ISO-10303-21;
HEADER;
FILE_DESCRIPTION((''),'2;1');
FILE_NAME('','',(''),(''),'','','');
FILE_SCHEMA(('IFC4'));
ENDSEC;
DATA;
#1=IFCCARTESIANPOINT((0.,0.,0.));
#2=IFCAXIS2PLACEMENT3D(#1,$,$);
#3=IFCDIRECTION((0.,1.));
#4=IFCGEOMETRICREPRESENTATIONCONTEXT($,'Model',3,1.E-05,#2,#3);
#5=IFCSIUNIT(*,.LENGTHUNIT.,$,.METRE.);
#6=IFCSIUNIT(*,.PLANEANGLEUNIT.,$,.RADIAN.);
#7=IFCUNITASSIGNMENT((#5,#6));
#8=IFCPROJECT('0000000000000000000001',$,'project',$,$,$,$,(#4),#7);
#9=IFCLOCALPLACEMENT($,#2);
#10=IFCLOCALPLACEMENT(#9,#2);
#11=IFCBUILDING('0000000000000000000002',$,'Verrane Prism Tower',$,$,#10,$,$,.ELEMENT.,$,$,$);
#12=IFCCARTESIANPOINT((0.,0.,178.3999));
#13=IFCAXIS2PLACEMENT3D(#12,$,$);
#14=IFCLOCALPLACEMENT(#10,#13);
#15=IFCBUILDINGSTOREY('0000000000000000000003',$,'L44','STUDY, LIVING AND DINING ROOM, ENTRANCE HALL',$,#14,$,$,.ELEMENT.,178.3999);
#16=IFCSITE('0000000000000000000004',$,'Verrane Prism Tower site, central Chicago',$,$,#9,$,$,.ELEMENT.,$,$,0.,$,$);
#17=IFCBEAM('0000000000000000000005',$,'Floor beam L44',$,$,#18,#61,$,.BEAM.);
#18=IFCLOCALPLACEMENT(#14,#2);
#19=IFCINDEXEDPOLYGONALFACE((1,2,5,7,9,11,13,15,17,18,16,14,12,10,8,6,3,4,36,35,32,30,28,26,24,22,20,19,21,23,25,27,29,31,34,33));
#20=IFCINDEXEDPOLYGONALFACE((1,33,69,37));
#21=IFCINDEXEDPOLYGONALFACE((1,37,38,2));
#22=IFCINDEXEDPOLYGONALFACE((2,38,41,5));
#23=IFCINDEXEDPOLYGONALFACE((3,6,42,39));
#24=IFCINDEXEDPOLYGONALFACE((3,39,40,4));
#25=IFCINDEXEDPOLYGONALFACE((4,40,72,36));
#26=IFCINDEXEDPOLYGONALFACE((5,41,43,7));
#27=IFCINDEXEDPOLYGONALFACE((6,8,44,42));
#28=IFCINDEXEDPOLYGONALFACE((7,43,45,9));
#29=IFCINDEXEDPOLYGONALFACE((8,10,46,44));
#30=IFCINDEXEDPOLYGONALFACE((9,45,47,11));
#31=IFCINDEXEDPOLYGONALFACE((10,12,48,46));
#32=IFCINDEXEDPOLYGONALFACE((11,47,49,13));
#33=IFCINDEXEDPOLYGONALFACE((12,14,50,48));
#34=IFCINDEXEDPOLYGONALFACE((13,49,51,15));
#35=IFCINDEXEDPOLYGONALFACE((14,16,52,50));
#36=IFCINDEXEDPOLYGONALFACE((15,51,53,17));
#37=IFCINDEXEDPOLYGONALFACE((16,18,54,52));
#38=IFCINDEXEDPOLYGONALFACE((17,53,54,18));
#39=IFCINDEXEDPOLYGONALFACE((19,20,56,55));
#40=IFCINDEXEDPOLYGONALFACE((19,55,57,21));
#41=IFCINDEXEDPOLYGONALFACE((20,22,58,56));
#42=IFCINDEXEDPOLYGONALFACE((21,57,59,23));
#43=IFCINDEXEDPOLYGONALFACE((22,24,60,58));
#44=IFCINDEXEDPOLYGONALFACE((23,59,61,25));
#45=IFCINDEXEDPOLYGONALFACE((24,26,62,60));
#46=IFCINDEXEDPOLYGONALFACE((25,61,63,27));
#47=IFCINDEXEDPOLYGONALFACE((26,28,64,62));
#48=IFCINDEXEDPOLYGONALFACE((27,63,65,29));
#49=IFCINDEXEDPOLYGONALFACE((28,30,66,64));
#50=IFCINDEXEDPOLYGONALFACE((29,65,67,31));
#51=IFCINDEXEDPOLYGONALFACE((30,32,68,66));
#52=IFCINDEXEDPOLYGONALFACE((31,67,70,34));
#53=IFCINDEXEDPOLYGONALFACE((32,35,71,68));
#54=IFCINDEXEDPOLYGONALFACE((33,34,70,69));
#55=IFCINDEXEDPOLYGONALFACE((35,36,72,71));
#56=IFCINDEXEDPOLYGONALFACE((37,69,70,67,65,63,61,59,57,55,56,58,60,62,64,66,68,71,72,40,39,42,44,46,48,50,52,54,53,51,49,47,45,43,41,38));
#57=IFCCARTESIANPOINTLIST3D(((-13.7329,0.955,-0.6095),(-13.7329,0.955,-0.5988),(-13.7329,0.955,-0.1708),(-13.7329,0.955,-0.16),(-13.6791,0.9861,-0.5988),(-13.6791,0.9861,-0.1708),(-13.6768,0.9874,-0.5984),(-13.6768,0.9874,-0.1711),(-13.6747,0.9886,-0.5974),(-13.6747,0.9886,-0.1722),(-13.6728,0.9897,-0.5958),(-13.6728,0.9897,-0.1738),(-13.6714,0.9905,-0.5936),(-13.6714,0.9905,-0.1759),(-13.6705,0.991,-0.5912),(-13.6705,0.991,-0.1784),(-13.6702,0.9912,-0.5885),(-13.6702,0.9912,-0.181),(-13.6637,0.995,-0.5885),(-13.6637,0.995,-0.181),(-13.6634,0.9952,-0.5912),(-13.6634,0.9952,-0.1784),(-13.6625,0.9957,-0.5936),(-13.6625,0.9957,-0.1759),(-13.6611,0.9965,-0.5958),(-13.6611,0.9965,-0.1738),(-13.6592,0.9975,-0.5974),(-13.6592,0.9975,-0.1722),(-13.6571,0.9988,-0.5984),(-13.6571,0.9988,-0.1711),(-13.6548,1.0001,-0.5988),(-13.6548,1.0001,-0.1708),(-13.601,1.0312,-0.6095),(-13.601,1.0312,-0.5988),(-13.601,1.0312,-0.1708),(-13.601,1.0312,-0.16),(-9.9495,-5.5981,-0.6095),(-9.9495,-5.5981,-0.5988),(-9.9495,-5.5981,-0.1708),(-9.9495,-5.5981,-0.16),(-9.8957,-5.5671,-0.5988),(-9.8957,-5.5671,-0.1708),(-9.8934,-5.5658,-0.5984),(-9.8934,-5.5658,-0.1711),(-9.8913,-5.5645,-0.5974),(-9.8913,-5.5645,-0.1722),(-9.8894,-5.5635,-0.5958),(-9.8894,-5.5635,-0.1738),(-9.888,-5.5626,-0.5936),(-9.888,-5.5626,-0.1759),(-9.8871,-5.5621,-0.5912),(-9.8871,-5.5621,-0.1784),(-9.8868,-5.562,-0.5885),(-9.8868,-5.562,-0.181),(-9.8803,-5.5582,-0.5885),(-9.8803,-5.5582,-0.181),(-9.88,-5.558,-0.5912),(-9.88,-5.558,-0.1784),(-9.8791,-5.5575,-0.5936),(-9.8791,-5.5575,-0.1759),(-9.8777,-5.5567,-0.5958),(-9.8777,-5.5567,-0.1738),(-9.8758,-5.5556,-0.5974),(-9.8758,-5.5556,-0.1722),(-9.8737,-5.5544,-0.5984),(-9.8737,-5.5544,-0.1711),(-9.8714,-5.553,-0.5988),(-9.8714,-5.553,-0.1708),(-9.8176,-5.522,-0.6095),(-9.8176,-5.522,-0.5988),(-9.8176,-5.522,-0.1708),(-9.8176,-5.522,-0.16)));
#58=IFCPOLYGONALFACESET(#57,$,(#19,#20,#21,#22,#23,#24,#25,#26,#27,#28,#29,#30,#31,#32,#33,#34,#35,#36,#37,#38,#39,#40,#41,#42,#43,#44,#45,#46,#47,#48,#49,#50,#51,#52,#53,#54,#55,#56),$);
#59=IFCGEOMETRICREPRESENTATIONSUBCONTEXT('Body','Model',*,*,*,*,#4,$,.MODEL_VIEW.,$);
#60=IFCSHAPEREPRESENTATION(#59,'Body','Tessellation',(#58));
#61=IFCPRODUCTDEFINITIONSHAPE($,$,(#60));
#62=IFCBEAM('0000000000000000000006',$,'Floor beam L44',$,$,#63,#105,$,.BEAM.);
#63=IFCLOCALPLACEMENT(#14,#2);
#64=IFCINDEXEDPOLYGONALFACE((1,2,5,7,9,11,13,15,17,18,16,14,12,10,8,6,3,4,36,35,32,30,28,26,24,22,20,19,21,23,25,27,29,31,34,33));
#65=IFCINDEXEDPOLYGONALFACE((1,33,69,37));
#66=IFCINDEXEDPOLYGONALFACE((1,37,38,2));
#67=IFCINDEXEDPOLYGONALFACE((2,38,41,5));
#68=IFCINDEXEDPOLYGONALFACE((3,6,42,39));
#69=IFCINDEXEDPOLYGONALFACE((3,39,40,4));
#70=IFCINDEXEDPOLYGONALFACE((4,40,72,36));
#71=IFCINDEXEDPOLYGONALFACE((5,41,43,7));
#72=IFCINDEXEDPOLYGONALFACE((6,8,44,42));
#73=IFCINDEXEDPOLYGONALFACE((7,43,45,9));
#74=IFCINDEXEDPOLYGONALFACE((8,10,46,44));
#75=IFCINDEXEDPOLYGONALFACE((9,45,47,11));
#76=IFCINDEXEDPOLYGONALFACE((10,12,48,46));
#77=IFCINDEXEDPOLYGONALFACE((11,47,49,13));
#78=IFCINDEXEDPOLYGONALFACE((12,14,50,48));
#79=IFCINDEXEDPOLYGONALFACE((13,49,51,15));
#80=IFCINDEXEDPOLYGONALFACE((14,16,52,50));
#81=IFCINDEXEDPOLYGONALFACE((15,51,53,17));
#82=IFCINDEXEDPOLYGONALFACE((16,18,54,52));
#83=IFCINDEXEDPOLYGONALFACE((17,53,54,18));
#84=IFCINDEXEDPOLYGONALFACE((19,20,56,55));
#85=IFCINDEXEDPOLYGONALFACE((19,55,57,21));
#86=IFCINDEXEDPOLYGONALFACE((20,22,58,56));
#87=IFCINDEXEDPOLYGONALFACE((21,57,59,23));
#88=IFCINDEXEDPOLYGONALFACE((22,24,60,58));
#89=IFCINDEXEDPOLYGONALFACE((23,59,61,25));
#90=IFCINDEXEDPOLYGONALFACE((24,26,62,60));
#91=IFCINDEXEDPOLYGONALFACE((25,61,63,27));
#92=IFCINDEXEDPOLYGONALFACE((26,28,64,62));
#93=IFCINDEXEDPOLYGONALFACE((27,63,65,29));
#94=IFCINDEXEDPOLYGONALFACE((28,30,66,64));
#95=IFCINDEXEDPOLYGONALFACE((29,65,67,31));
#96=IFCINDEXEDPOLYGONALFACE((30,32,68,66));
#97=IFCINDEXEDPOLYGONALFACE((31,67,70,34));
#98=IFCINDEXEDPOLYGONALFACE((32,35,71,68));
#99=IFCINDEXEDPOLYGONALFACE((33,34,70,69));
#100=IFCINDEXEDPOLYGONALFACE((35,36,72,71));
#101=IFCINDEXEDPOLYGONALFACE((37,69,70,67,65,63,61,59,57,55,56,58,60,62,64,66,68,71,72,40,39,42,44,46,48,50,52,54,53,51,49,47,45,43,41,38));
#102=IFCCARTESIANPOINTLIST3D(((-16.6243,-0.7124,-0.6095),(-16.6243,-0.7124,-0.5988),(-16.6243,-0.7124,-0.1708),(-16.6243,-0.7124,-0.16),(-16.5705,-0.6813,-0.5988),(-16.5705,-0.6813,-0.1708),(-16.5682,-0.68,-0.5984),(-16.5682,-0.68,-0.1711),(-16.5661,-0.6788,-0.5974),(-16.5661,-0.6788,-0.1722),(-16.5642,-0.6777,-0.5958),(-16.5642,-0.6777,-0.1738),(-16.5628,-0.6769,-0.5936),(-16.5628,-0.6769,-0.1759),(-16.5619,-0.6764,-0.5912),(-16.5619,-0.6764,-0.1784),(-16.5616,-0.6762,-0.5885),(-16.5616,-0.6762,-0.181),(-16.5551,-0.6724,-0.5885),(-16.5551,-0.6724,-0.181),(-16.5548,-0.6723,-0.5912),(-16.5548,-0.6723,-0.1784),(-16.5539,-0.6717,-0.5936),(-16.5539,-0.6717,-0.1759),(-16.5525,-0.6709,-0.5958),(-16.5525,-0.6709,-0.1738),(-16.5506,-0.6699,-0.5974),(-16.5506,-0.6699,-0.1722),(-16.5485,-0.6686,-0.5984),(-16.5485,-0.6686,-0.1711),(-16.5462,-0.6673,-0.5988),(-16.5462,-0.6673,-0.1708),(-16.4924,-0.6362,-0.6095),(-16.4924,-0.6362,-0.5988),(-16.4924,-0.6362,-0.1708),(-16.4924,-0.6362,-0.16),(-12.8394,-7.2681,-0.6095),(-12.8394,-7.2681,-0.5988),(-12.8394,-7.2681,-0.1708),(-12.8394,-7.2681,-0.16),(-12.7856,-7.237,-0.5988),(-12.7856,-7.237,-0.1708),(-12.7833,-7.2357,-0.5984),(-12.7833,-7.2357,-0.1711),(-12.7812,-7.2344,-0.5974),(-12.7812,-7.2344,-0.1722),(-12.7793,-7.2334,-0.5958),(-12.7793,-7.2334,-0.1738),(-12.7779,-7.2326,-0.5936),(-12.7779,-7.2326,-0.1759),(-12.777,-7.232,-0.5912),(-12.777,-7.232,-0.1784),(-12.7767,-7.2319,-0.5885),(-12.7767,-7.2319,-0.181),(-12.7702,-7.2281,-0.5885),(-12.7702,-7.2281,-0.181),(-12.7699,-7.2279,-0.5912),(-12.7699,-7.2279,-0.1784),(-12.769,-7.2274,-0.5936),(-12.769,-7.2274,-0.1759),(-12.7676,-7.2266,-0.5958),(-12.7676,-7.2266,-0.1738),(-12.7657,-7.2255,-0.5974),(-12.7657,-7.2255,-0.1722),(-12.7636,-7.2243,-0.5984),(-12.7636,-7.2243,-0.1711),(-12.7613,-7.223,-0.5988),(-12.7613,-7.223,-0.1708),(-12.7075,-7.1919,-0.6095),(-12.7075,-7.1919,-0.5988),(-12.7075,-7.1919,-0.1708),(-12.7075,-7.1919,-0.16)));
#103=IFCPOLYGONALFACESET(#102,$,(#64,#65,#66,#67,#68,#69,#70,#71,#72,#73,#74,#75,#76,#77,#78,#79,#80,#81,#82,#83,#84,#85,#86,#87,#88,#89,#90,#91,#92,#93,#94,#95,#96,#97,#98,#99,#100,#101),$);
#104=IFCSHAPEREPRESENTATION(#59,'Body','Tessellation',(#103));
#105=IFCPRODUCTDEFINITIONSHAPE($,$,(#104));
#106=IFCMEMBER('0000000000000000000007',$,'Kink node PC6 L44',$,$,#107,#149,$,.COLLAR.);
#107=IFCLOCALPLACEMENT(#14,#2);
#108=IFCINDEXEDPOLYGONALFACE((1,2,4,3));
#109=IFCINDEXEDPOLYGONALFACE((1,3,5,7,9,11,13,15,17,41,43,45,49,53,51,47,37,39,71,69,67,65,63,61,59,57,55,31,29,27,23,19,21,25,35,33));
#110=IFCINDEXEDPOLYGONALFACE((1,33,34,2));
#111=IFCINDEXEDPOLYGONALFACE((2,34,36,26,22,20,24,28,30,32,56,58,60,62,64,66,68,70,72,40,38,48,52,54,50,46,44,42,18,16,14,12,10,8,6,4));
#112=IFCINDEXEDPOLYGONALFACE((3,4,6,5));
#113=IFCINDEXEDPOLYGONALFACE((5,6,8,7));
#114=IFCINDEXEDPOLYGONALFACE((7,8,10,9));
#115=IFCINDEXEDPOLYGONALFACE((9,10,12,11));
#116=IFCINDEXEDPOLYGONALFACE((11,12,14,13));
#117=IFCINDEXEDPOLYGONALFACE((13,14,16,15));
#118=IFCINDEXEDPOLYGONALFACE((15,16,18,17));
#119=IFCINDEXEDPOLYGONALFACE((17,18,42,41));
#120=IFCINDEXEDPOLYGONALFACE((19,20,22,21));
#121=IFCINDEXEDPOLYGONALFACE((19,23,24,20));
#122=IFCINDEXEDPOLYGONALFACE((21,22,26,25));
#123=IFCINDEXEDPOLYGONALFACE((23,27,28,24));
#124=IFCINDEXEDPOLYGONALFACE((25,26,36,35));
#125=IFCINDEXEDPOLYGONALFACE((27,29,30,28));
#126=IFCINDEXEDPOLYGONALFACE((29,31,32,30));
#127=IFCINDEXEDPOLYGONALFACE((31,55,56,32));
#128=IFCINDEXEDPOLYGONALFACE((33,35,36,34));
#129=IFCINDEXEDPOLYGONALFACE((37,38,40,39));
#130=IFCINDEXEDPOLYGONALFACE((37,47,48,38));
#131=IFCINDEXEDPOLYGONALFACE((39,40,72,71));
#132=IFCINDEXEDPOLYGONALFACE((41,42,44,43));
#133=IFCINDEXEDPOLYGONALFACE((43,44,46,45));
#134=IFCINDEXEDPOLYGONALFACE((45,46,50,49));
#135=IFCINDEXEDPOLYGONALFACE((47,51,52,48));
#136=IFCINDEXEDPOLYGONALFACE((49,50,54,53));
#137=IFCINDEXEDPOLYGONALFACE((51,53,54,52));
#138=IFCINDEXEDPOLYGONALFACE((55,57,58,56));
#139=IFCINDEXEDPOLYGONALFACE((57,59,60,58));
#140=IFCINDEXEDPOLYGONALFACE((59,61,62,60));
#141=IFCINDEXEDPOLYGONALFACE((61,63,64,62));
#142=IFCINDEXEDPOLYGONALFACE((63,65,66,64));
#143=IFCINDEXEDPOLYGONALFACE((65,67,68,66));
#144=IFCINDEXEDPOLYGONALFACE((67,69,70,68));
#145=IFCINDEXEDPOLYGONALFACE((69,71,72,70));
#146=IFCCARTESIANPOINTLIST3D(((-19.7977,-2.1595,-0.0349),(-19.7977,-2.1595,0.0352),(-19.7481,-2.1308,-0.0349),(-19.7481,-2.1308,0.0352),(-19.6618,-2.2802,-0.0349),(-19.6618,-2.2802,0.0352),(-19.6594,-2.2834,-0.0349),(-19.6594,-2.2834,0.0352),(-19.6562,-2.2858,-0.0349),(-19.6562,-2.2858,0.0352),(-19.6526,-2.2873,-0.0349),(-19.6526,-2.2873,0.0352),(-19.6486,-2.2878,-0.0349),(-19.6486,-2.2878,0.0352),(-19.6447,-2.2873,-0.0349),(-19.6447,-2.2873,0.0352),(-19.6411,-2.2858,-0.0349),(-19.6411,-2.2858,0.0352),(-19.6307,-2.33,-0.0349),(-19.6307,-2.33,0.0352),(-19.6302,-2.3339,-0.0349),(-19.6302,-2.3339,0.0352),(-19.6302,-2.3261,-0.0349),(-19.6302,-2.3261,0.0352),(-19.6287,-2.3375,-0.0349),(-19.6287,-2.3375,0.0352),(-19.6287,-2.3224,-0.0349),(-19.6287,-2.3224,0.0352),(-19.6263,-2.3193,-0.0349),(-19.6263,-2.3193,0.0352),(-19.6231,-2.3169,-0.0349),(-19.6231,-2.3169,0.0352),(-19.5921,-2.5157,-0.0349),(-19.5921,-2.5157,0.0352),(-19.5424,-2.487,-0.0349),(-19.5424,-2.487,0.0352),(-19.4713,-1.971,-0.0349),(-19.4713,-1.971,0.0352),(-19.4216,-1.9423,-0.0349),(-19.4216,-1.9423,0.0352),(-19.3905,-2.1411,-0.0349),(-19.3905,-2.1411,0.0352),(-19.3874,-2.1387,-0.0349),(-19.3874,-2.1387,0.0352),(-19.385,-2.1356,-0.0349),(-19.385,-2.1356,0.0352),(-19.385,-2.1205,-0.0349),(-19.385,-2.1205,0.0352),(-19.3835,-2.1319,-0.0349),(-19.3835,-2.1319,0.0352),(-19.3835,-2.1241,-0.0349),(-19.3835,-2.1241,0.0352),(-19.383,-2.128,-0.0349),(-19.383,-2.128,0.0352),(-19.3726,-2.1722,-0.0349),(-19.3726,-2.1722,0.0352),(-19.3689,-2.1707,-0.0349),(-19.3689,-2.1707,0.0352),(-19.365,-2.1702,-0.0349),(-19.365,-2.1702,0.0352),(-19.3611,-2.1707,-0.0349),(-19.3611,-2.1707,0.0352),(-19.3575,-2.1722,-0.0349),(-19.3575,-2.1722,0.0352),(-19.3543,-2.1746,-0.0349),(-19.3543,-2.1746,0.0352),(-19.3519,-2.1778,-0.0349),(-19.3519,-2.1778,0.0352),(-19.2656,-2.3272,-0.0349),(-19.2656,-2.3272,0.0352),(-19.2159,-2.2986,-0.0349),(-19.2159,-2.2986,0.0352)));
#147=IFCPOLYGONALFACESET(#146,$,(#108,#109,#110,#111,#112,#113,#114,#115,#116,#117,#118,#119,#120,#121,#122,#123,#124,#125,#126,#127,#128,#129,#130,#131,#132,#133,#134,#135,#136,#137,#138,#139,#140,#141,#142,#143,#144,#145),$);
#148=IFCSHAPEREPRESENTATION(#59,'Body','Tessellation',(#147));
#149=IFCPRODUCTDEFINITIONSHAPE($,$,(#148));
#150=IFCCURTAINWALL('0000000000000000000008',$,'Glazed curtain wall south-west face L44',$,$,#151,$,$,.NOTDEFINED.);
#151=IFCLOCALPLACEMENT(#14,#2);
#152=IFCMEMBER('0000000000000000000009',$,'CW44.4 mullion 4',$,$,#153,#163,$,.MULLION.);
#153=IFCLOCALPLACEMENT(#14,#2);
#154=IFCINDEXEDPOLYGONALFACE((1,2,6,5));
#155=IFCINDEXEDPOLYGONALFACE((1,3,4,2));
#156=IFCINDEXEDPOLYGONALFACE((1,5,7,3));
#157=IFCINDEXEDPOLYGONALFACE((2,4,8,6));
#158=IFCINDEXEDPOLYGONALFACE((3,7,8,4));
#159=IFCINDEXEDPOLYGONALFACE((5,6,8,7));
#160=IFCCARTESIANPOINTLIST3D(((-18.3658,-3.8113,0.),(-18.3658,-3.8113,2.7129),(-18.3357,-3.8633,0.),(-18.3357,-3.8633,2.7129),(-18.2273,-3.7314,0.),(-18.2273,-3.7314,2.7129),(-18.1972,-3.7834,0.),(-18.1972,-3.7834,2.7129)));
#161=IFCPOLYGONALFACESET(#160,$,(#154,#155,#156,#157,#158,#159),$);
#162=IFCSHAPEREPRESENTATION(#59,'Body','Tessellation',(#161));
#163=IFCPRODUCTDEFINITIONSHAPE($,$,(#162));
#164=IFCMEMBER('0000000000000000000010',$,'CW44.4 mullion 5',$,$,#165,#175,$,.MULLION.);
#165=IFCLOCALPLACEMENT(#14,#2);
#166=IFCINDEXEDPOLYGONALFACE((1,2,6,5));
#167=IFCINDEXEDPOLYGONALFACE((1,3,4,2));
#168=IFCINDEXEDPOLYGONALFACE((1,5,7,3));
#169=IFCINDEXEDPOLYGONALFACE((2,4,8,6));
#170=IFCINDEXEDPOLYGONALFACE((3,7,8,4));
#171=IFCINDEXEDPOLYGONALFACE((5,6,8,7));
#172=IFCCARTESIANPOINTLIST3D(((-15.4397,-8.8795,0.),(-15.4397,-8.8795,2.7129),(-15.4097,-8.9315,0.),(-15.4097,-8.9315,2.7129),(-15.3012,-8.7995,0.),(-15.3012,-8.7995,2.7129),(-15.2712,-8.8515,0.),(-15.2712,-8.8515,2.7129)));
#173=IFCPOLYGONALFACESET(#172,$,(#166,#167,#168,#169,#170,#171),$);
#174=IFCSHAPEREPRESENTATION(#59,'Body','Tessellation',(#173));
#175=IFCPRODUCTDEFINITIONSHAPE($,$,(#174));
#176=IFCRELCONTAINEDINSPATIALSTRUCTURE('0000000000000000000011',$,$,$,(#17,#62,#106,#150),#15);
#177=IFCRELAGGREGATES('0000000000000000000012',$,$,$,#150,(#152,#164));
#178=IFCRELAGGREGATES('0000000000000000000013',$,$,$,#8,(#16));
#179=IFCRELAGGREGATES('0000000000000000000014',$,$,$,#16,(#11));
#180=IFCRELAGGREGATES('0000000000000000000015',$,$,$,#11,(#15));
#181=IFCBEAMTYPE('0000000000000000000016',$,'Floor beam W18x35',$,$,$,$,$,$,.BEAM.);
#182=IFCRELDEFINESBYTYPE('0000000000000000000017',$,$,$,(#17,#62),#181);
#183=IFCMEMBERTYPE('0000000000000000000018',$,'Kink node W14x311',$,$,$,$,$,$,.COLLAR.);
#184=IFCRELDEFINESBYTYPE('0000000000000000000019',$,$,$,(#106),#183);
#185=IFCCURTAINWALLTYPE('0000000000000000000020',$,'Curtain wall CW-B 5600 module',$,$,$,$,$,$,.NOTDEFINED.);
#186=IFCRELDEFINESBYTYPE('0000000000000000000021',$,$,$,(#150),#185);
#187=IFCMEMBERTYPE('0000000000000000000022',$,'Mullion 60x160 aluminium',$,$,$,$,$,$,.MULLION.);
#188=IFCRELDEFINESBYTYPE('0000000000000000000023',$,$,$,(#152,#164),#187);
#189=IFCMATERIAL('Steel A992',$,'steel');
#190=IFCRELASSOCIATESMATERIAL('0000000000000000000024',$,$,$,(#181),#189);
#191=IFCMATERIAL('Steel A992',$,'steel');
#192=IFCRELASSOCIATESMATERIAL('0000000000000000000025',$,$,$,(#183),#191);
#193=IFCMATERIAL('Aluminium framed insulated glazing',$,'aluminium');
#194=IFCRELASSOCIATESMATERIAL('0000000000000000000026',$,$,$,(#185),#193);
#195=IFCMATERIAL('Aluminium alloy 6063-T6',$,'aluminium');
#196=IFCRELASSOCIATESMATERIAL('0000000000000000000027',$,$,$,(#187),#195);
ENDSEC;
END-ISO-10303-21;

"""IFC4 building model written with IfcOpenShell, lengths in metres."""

from ifc_helpers import new_model, si_unit, direction, frame, origin, origin_2d, place, context, subcontext, project, spatial, rectangle, i_section, extrude, material, material_profile, profile_set, type_object, element, aggregate, save


model = new_model("IFC4")

# Units and contexts
model_context = context("Model", 3, precision=1e-05, world=origin(), true_north=direction((0.0, 1.0)))
body_context = subcontext(model_context, "Body", "Model", "MODEL_VIEW")
ifc_project = project(units=[si_unit("LENGTHUNIT", "METRE"), si_unit("PLANEANGLEUNIT", "RADIAN")], contexts=[model_context])

# Site, building, storey
site_placement = place(None, origin())
site = spatial("IfcSite", under=ifc_project, at=site_placement, Name="Verrane Prism Tower site, central Chicago", CompositionType="ELEMENT", RefElevation=0.0)
building_placement = place(site_placement, origin())
building = spatial("IfcBuilding", under=site, at=building_placement, Name="Verrane Prism Tower", CompositionType="ELEMENT")
storey_placement = place(building_placement, frame((0.0, 0.0, 178.3999)))
storey = spatial("IfcBuildingStorey", under=building, at=storey_placement, Name="L44", Description="STUDY, LIVING AND DINING ROOM, ENTRANCE HALL", CompositionType="ELEMENT", Elevation=178.3999)

# Beams
ifc_material_1 = material(Name="Steel A992", Category="steel")
ifc_material_profile_1 = material_profile(ifc_material_1, i_section(OverallWidth=0.1523, OverallDepth=0.4495, WebThickness=0.0076, FlangeThickness=0.0107, FilletRadius=0.0103, at=origin_2d()), Name="W18x35")
ifc_profile_set_1 = profile_set([ifc_material_profile_1], Name="Steel A992")
beam_type_1 = type_object("IfcBeamType", Name="Floor beam W18x35", PredefinedType="BEAM", material=ifc_profile_set_1)
beam_1_placement = place(storey_placement, frame((-9.8835, -5.5601, -0.3848), z_axis=(-0.499994, 0.866029, 0.0), x_axis=(-0.866029, -0.499994, 0.0)))
element("IfcBeam", 1, at=beam_1_placement, inside=storey, type_object=beam_type_1, Name="Floor beam L44", PredefinedType="BEAM", context=body_context, shape_type="SweptSolid", body=[
    extrude(i_section(OverallWidth=0.1523, OverallDepth=0.4495, WebThickness=0.0076, FlangeThickness=0.0107, FilletRadius=0.0103, at=origin_2d()), origin(), (0.0, 0.0, 1.0), 7.5669),
])
beam_2_placement = place(storey_placement, frame((-12.7734, -7.23, -0.3848), z_axis=(-0.5, 0.866026, 0.0), x_axis=(-0.866026, -0.5, 0.0)))
element("IfcBeam", 2, at=beam_2_placement, inside=storey, type_object=beam_type_1, Name="Floor beam L44", PredefinedType="BEAM", context=body_context, shape_type="SweptSolid", body=[
    extrude(i_section(OverallWidth=0.1523, OverallDepth=0.4495, WebThickness=0.0076, FlangeThickness=0.0107, FilletRadius=0.0103, at=origin_2d()), origin(), (0.0, 0.0, 1.0), 7.5698),
])

# Member
ifc_material_2 = material(Name="Steel A992", Category="steel")
ifc_material_profile_2 = material_profile(ifc_material_2, i_section(OverallWidth=0.4114, OverallDepth=0.4343, WebThickness=0.0359, FlangeThickness=0.0574, FilletRadius=0.0151, at=origin_2d()), Name="W14x311")
ifc_profile_set_2 = profile_set([ifc_material_profile_2], Name="Steel A992")
member_type_1 = type_object("IfcMemberType", Name="Kink node W14x311", PredefinedType="COLLAR", material=ifc_profile_set_2)
member_1_placement = place(storey_placement, frame((-19.5068, -2.229, -0.0349), z_axis=(0.0, 0.0, 1.0), x_axis=(-0.5, 0.866025, 0.0)))
element("IfcMember", 3, at=member_1_placement, inside=storey, type_object=member_type_1, Name="Kink node PC6 L44", PredefinedType="COLLAR", context=body_context, shape_type="SweptSolid", body=[
    extrude(i_section(OverallWidth=0.4114, OverallDepth=0.4343, WebThickness=0.0359, FlangeThickness=0.0574, FilletRadius=0.0151, at=origin_2d()), origin(), (0.0, 0.0, 1.0), 0.0701),
])

# Curtain wall, members
ifc_material_3 = material(Name="Aluminium framed insulated glazing", Category="aluminium")
curtain_wall_type = type_object("IfcCurtainWallType", Name="Curtain wall CW-B 5600 module", PredefinedType="NOTDEFINED", material=ifc_material_3)
curtain_wall_placement = place(storey_placement, origin())
curtain_wall = element("IfcCurtainWall", 4, at=curtain_wall_placement, inside=storey, type_object=curtain_wall_type, Name="Glazed curtain wall south-west face L44", PredefinedType="NOTDEFINED")
ifc_material_4 = material(Name="Aluminium alloy 6063-T6", Category="aluminium")
ifc_material_profile_3 = material_profile(ifc_material_4, rectangle(XDim=0.1599, YDim=0.0601, at=origin_2d()), Name="Mullion 60x160 aluminium")
ifc_profile_set_3 = profile_set([ifc_material_profile_3], Name="Aluminium alloy 6063-T6")
member_type_2 = type_object("IfcMemberType", Name="Mullion 60x160 aluminium", PredefinedType="MULLION", material=ifc_profile_set_3)
member_2_placement = place(storey_placement, frame((-18.2815, -3.7974, 0.0), z_axis=(0.0, 0.0, 1.0), x_axis=(0.866026, 0.499999, 0.0)))
member_2 = element("IfcMember", 5, at=member_2_placement, type_object=member_type_2, Name="CW44.4 mullion 4", PredefinedType="MULLION", context=body_context, shape_type="SweptSolid", body=[
    extrude(rectangle(XDim=0.1599, YDim=0.0601, at=origin_2d()), origin(), (0.0, 0.0, 1.0), 2.7129),
])
member_3_placement = place(storey_placement, frame((-15.3555, -8.8655, 0.0), z_axis=(0.0, 0.0, 1.0), x_axis=(0.866026, 0.499999, 0.0)))
member_3 = element("IfcMember", 6, at=member_3_placement, type_object=member_type_2, Name="CW44.4 mullion 5", PredefinedType="MULLION", context=body_context, shape_type="SweptSolid", body=[
    extrude(rectangle(XDim=0.1599, YDim=0.0601, at=origin_2d()), origin(), (0.0, 0.0, 1.0), 2.7129),
])

aggregate(curtain_wall, [member_2, member_3])

save(model, "model.ifc")
